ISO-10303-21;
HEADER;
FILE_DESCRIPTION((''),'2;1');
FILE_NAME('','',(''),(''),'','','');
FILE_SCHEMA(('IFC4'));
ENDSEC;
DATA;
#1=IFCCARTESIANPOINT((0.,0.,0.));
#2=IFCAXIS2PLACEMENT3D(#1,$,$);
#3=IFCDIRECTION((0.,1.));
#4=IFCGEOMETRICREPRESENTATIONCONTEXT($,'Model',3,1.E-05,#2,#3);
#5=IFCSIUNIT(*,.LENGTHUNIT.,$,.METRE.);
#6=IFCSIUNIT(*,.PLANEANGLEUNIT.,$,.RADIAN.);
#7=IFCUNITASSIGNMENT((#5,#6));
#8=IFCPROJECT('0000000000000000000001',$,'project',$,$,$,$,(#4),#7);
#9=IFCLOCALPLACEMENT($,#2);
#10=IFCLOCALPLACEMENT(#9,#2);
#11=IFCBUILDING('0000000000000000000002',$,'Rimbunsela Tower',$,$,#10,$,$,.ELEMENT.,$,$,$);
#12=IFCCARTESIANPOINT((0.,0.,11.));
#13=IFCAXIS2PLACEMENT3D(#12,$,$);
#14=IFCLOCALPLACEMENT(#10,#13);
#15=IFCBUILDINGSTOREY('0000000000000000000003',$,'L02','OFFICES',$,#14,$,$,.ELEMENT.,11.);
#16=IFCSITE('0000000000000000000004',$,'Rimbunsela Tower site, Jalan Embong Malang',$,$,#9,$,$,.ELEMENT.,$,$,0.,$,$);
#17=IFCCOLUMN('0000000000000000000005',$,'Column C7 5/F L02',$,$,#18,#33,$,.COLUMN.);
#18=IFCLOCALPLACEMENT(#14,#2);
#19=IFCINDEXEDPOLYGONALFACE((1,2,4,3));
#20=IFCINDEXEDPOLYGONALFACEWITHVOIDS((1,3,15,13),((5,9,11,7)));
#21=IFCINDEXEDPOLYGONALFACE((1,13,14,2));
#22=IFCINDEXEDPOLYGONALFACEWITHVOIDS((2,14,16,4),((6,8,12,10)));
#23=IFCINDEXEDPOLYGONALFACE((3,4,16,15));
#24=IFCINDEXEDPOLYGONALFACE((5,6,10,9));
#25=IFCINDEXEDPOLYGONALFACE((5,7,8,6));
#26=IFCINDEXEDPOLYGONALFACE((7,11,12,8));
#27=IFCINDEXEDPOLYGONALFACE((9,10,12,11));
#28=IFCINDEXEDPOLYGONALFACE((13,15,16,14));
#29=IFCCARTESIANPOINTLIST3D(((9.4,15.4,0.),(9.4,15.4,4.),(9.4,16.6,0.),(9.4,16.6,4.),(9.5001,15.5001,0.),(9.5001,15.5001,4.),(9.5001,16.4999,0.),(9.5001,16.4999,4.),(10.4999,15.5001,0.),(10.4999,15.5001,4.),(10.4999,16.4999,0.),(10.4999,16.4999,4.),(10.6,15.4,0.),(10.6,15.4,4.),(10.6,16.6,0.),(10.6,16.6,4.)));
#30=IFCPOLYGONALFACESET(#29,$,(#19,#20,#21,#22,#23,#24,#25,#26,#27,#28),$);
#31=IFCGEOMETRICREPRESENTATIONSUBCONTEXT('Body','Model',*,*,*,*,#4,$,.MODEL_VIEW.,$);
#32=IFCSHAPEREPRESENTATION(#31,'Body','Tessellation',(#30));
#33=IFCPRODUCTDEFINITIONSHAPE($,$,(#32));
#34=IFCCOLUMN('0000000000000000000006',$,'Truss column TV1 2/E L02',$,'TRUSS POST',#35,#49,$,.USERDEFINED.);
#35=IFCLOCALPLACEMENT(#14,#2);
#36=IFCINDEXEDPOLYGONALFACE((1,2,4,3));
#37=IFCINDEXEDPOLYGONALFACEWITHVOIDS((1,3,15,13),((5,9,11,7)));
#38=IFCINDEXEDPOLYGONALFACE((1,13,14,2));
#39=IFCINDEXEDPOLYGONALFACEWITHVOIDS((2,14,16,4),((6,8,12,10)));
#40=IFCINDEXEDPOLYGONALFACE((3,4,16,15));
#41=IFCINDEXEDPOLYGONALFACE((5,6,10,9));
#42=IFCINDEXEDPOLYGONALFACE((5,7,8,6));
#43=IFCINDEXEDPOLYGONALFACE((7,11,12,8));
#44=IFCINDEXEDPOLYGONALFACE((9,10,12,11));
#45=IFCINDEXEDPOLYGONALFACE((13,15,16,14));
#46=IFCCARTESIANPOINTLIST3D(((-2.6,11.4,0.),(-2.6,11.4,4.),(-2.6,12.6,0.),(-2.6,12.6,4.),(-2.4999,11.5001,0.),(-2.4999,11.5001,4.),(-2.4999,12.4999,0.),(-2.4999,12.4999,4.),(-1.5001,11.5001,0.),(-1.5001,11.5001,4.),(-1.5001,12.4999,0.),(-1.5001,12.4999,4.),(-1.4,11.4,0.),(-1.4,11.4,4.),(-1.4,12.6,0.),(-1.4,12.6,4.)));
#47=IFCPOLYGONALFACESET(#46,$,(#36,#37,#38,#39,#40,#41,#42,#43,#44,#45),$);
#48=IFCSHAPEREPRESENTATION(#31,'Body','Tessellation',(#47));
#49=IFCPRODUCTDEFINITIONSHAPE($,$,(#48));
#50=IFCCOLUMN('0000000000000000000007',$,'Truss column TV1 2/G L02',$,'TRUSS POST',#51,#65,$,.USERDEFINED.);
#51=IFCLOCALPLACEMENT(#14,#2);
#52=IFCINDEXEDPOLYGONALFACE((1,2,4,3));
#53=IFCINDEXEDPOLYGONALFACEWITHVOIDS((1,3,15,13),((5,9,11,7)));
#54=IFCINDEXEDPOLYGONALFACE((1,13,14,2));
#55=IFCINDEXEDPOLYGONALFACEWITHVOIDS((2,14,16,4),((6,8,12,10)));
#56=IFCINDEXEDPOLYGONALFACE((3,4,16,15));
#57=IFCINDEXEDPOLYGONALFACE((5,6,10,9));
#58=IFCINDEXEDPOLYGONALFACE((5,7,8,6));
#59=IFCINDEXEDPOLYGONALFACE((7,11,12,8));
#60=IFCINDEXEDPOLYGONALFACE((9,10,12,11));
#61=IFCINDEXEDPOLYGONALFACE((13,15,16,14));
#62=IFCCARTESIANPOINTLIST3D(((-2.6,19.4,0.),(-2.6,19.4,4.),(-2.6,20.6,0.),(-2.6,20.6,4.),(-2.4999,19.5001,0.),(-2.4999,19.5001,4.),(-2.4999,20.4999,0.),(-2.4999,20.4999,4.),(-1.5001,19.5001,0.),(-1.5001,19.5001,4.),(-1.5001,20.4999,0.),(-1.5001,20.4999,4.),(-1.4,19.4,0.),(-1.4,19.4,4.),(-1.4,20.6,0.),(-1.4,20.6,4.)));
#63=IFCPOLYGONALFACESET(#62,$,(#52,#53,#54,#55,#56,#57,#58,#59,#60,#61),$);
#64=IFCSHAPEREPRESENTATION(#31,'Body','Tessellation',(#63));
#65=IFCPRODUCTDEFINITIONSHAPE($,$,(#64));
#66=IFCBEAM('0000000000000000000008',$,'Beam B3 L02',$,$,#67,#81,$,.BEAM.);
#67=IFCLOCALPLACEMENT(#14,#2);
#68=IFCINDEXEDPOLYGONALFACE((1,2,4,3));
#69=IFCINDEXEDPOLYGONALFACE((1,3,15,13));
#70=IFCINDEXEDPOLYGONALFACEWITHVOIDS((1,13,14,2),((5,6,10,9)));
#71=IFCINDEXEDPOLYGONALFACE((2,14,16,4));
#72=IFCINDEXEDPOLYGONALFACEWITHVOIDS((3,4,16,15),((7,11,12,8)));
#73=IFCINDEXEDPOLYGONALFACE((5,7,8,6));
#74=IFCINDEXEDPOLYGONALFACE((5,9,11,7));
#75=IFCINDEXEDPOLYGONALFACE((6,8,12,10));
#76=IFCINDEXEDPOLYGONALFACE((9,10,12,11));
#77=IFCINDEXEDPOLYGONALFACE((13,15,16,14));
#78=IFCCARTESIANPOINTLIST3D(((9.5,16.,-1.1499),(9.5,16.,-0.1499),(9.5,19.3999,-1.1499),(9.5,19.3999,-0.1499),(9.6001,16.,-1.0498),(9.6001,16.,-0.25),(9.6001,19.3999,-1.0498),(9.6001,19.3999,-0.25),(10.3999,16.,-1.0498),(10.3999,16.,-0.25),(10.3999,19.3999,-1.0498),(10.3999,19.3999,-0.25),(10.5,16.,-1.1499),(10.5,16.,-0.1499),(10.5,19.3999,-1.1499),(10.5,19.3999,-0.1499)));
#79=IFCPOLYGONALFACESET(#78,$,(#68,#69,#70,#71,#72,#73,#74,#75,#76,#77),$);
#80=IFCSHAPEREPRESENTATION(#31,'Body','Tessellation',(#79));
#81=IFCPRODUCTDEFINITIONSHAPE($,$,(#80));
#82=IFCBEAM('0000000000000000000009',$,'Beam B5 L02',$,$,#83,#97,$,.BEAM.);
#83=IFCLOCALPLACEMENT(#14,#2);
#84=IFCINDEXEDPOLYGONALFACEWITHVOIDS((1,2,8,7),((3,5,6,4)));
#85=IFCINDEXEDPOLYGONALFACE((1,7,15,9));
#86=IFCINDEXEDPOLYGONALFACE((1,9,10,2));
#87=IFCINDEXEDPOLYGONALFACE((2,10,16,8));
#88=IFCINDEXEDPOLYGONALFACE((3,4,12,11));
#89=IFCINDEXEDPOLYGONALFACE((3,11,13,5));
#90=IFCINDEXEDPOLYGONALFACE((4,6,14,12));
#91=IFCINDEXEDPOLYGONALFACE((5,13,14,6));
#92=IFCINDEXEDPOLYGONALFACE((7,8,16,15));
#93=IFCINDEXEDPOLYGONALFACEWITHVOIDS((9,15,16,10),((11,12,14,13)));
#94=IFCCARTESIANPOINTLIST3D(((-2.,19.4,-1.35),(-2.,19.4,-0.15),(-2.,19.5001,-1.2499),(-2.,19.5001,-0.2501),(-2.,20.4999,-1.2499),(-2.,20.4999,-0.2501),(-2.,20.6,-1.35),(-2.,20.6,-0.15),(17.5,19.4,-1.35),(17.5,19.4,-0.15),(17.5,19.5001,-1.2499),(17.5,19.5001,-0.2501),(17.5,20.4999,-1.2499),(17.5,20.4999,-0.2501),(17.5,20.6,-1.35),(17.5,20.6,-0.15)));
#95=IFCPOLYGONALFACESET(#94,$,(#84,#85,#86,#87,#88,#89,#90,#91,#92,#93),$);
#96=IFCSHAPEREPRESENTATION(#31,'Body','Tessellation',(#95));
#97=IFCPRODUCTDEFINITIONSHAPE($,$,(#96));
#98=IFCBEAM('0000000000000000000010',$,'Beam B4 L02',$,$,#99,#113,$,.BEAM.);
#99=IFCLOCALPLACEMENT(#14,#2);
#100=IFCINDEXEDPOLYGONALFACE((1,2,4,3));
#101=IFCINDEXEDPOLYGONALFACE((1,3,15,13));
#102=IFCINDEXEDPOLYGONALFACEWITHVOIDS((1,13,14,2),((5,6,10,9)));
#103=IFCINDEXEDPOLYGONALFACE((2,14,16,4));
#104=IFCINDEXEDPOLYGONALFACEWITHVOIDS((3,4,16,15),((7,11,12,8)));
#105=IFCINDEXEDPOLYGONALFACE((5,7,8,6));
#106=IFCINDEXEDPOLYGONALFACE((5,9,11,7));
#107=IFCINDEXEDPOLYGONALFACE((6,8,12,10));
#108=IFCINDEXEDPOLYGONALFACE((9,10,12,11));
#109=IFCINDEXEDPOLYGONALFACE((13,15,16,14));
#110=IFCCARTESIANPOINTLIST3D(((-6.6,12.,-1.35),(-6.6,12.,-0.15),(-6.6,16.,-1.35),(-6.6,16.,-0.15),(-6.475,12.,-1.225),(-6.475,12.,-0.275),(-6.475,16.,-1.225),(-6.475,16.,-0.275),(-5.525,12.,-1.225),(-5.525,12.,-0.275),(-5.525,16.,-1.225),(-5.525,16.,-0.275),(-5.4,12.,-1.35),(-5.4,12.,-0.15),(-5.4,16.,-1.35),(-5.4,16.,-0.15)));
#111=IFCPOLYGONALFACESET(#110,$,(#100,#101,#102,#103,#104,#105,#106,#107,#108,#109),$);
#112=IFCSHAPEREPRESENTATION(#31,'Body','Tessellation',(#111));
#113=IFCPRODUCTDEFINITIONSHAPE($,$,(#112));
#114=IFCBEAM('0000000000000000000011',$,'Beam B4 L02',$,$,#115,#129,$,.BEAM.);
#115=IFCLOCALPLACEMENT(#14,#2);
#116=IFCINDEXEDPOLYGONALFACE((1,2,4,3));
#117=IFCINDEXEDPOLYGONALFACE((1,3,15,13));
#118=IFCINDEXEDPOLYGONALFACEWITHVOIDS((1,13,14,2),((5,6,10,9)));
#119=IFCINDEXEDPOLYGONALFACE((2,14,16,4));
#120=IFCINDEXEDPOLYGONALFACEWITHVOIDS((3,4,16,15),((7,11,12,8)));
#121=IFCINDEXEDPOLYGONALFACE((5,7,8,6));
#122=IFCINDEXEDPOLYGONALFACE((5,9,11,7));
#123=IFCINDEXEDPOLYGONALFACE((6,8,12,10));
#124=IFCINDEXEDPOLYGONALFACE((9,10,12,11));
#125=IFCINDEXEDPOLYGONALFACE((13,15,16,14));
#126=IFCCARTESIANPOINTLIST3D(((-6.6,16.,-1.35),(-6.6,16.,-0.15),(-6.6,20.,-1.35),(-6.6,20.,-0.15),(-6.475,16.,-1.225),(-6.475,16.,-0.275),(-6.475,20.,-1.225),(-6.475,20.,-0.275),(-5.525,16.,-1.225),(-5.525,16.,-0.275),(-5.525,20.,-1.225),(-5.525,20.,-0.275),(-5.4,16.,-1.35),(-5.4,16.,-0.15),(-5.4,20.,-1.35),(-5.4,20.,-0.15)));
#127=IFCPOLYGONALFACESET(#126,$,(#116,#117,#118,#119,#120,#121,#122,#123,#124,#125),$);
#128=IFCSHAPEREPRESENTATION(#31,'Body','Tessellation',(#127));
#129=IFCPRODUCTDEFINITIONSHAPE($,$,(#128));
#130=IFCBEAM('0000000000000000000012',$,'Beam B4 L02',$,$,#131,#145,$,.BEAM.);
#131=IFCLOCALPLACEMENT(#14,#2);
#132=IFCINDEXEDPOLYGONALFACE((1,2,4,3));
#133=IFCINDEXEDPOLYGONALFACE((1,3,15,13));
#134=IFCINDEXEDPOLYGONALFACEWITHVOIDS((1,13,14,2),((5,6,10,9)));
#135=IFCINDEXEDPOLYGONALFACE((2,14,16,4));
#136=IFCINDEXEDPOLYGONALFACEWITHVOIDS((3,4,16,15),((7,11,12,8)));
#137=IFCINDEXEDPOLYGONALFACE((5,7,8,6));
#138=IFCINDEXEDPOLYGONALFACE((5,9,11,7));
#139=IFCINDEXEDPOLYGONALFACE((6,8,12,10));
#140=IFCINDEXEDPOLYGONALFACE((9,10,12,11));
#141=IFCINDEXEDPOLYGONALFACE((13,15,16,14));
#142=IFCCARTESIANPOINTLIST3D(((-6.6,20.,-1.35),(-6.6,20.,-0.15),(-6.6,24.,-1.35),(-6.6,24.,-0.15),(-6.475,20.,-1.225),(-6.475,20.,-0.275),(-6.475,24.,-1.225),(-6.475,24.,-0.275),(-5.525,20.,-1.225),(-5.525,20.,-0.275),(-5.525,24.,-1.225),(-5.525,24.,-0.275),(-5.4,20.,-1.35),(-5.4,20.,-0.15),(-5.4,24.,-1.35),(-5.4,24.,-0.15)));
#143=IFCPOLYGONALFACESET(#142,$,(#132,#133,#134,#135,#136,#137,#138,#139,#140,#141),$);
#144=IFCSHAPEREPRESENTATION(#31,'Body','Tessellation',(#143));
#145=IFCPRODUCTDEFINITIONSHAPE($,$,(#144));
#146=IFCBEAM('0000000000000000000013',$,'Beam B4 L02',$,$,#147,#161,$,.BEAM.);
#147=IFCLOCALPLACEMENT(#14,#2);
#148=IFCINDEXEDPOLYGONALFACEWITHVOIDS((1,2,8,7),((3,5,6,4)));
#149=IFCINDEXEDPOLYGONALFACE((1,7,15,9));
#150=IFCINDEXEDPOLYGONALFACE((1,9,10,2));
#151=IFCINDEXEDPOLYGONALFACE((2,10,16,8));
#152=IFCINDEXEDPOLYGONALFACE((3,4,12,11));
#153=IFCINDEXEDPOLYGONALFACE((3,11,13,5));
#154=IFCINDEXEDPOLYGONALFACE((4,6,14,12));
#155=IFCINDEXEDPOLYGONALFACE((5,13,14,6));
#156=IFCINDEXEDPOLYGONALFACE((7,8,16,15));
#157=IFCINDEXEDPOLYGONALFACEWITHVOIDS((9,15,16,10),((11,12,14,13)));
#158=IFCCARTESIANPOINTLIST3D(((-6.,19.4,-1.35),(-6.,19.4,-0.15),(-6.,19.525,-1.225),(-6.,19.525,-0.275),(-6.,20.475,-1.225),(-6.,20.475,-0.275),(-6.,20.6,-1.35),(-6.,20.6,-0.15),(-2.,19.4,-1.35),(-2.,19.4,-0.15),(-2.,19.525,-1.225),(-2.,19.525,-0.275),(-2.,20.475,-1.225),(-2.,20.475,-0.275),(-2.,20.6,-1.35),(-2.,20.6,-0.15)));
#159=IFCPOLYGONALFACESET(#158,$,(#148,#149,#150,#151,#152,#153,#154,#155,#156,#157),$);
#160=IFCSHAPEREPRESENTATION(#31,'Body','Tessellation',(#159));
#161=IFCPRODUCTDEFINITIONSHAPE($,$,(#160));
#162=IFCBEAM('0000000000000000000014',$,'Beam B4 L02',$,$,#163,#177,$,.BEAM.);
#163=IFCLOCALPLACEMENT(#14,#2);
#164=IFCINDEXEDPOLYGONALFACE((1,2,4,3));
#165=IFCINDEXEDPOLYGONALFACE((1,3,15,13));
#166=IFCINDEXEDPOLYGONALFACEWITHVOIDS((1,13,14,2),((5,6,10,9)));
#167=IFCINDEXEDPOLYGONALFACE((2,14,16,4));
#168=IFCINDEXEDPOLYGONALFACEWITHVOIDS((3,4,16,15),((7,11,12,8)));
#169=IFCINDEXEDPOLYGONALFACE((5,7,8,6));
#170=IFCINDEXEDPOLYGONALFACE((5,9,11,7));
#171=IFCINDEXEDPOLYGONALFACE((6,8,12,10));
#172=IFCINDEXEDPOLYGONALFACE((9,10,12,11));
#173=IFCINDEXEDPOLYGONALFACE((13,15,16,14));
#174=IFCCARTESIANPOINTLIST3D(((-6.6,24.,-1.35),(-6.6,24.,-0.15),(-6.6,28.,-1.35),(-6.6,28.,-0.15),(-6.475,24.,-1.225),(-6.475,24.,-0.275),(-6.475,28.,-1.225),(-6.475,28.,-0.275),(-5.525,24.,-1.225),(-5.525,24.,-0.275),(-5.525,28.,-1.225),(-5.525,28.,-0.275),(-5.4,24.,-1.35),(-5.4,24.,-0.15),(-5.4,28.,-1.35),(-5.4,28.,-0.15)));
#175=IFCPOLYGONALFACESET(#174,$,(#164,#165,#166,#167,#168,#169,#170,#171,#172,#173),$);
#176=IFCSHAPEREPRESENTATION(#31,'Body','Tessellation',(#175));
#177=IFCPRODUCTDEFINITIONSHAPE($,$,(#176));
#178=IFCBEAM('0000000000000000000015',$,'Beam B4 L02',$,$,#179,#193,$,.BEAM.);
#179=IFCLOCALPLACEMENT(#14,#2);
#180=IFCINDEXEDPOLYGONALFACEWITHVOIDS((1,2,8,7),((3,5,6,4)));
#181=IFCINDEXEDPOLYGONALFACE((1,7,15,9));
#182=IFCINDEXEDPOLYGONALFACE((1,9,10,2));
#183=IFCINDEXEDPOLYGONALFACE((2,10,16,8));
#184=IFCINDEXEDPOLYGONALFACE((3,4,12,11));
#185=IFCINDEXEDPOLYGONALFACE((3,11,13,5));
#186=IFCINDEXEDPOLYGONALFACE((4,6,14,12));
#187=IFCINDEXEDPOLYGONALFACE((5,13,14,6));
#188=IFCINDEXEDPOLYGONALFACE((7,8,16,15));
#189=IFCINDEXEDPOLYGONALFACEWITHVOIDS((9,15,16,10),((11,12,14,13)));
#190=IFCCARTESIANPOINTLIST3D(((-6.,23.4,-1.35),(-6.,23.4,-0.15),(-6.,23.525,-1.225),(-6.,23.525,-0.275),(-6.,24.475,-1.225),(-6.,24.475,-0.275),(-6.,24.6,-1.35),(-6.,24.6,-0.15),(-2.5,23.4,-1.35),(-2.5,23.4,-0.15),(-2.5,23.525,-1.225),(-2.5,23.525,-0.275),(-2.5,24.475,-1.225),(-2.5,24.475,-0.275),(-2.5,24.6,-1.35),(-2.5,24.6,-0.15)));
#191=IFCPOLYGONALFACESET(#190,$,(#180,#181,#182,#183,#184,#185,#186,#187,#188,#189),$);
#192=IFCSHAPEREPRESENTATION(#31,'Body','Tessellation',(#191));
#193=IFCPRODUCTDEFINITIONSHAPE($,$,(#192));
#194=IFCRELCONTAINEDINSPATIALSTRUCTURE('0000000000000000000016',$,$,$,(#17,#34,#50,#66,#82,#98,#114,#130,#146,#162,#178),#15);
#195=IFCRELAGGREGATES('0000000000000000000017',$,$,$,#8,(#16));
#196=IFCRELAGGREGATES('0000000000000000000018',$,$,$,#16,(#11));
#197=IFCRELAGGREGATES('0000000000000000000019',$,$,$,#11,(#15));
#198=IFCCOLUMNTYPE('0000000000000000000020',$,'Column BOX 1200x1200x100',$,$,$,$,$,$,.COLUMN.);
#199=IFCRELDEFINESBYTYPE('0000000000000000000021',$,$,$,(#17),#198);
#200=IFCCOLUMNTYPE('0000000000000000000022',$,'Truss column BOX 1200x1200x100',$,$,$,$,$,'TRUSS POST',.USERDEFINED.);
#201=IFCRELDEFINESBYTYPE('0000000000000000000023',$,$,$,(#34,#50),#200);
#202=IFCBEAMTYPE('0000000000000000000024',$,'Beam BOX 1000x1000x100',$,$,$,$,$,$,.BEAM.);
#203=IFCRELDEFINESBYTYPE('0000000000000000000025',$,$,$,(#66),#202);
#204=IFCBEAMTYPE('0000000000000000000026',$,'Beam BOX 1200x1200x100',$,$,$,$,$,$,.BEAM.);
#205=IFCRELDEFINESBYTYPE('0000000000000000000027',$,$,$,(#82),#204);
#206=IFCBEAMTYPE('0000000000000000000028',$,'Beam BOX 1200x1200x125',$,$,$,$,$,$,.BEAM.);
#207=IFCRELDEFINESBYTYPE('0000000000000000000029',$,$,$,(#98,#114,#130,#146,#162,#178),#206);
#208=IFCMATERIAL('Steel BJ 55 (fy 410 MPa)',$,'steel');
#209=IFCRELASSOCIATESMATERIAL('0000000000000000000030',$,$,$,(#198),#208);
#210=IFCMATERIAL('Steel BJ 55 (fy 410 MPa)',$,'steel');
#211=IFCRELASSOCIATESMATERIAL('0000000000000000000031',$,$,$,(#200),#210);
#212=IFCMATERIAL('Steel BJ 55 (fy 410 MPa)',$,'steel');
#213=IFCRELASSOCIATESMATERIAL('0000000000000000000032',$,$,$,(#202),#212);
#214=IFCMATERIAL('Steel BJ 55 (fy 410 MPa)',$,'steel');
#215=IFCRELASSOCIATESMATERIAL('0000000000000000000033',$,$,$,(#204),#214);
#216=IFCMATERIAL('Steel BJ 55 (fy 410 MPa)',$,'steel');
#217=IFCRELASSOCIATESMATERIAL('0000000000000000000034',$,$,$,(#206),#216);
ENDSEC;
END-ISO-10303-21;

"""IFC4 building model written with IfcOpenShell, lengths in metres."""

from ifc_helpers import new_model, si_unit, direction, frame, origin, origin_2d, place, context, subcontext, project, spatial, hollow_rectangle, extrude, material, material_profile, profile_set, type_object, element, save


model = new_model("IFC4")

# Units and contexts
model_context = context("Model", 3, precision=1e-05, world=origin(), true_north=direction((0.0, 1.0)))
body_context = subcontext(model_context, "Body", "Model", "MODEL_VIEW")
ifc_project = project(units=[si_unit("LENGTHUNIT", "METRE"), si_unit("PLANEANGLEUNIT", "RADIAN")], contexts=[model_context])

# Site, building, storey
site_placement = place(None, origin())
site = spatial("IfcSite", under=ifc_project, at=site_placement, Name="Rimbunsela Tower site, Jalan Embong Malang", CompositionType="ELEMENT", RefElevation=0.0)
building_placement = place(site_placement, origin())
building = spatial("IfcBuilding", under=site, at=building_placement, Name="Rimbunsela Tower", CompositionType="ELEMENT")
storey_placement = place(building_placement, frame((0.0, 0.0, 11.0)))
storey = spatial("IfcBuildingStorey", under=building, at=storey_placement, Name="L02", Description="OFFICES", CompositionType="ELEMENT", Elevation=11.0)

# Columns
ifc_material_1 = material(Name="Steel BJ 55 (fy 410 MPa)", Category="steel")
ifc_material_profile_1 = material_profile(ifc_material_1, hollow_rectangle(XDim=1.2, YDim=1.2, WallThickness=0.1001, at=origin_2d()), Name="BOX 1200x1200x100")
ifc_profile_set_1 = profile_set([ifc_material_profile_1], Name="Steel BJ 55 (fy 410 MPa)")
column_type_1 = type_object("IfcColumnType", Name="Column BOX 1200x1200x100", PredefinedType="COLUMN", material=ifc_profile_set_1)
column_placement = place(storey_placement, frame((10.0, 16.0, 0.0), z_axis=(0.0, 0.0, 1.0), x_axis=(1.0, 0.0, 0.0)))
element("IfcColumn", 1, at=column_placement, inside=storey, type_object=column_type_1, Name="Column C7 5/F L02", PredefinedType="COLUMN", context=body_context, shape_type="SweptSolid", body=[
    extrude(hollow_rectangle(XDim=1.2, YDim=1.2, WallThickness=0.1001, at=origin_2d()), origin(), (0.0, 0.0, 1.0), 4.0),
])
ifc_material_2 = material(Name="Steel BJ 55 (fy 410 MPa)", Category="steel")
ifc_material_profile_2 = material_profile(ifc_material_2, hollow_rectangle(XDim=1.2, YDim=1.2, WallThickness=0.1001, at=origin_2d()), Name="BOX 1200x1200x100")
ifc_profile_set_2 = profile_set([ifc_material_profile_2], Name="Steel BJ 55 (fy 410 MPa)")
column_type_2 = type_object("IfcColumnType", Name="Truss column BOX 1200x1200x100", ElementType="TRUSS POST", PredefinedType="USERDEFINED", material=ifc_profile_set_2)
for number, where, z_axis, x_axis, name in (
    (2, (-2.0, 12.0, 0.0), (0.0, 0.0, 1.0), (1.0, 0.0, 0.0), "Truss column TV1 2/E L02"),
    (3, (-2.0, 20.0, 0.0), (0.0, 0.0, 1.0), (1.0, 0.0, 0.0), "Truss column TV1 2/G L02"),
):
    element("IfcColumn", number, at=place(storey_placement, frame(where, z_axis=z_axis, x_axis=x_axis)), inside=storey, type_object=column_type_2, Name=name, ObjectType="TRUSS POST", PredefinedType="USERDEFINED", context=body_context, shape_type="SweptSolid", body=[
        extrude(hollow_rectangle(XDim=1.2, YDim=1.2, WallThickness=0.1001, at=origin_2d()), origin(), (0.0, 0.0, 1.0), 4.0),
    ])

# Beams
ifc_material_3 = material(Name="Steel BJ 55 (fy 410 MPa)", Category="steel")
ifc_material_profile_3 = material_profile(ifc_material_3, hollow_rectangle(XDim=1.0, YDim=1.0, WallThickness=0.1001, at=origin_2d()), Name="BOX 1000x1000x100")
ifc_profile_set_3 = profile_set([ifc_material_profile_3], Name="Steel BJ 55 (fy 410 MPa)")
beam_type_1 = type_object("IfcBeamType", Name="Beam BOX 1000x1000x100", PredefinedType="BEAM", material=ifc_profile_set_3)
beam_1_placement = place(storey_placement, frame((10.0, 16.0, -0.6499), z_axis=(0.0, 1.0, 0.0), x_axis=(-1.0, 0.0, 0.0)))
element("IfcBeam", 4, at=beam_1_placement, inside=storey, type_object=beam_type_1, Name="Beam B3 L02", PredefinedType="BEAM", context=body_context, shape_type="SweptSolid", body=[
    extrude(hollow_rectangle(XDim=1.0, YDim=1.0, WallThickness=0.1001, at=origin_2d()), origin(), (0.0, 0.0, 1.0), 3.3999),
])
ifc_material_4 = material(Name="Steel BJ 55 (fy 410 MPa)", Category="steel")
ifc_material_profile_4 = material_profile(ifc_material_4, hollow_rectangle(XDim=1.2, YDim=1.2, WallThickness=0.1001, at=origin_2d()), Name="BOX 1200x1200x100")
ifc_profile_set_4 = profile_set([ifc_material_profile_4], Name="Steel BJ 55 (fy 410 MPa)")
beam_type_2 = type_object("IfcBeamType", Name="Beam BOX 1200x1200x100", PredefinedType="BEAM", material=ifc_profile_set_4)
beam_2_placement = place(storey_placement, frame((-2.0, 20.0, -0.75), z_axis=(1.0, 0.0, 0.0), x_axis=(0.0, 1.0, 0.0)))
element("IfcBeam", 5, at=beam_2_placement, inside=storey, type_object=beam_type_2, Name="Beam B5 L02", PredefinedType="BEAM", context=body_context, shape_type="SweptSolid", body=[
    extrude(hollow_rectangle(XDim=1.2, YDim=1.2, WallThickness=0.1001, at=origin_2d()), origin(), (0.0, 0.0, 1.0), 19.5),
])
ifc_material_5 = material(Name="Steel BJ 55 (fy 410 MPa)", Category="steel")
ifc_material_profile_5 = material_profile(ifc_material_5, hollow_rectangle(XDim=1.2, YDim=1.2, WallThickness=0.125, at=origin_2d()), Name="BOX 1200x1200x125")
ifc_profile_set_5 = profile_set([ifc_material_profile_5], Name="Steel BJ 55 (fy 410 MPa)")
beam_type_3 = type_object("IfcBeamType", Name="Beam BOX 1200x1200x125", PredefinedType="BEAM", material=ifc_profile_set_5)
for number, where, z_axis, x_axis, name in (
    (6, (-6.0, 12.0, -0.75), (0.0, 1.0, 0.0), (-1.0, 0.0, 0.0), "Beam B4 L02"),
    (7, (-6.0, 16.0, -0.75), (0.0, 1.0, 0.0), (-1.0, 0.0, 0.0), "Beam B4 L02"),
    (8, (-6.0, 20.0, -0.75), (0.0, 1.0, 0.0), (-1.0, 0.0, 0.0), "Beam B4 L02"),
    (9, (-6.0, 20.0, -0.75), (1.0, 0.0, 0.0), (0.0, 1.0, 0.0), "Beam B4 L02"),
    (10, (-6.0, 24.0, -0.75), (0.0, 1.0, 0.0), (-1.0, 0.0, 0.0), "Beam B4 L02"),
):
    element("IfcBeam", number, at=place(storey_placement, frame(where, z_axis=z_axis, x_axis=x_axis)), inside=storey, type_object=beam_type_3, Name=name, PredefinedType="BEAM", context=body_context, shape_type="SweptSolid", body=[
        extrude(hollow_rectangle(XDim=1.2, YDim=1.2, WallThickness=0.125, at=origin_2d()), origin(), (0.0, 0.0, 1.0), 4.0),
    ])
beam_3_placement = place(storey_placement, frame((-6.0, 24.0, -0.75), z_axis=(1.0, 0.0, 0.0), x_axis=(0.0, 1.0, 0.0)))
element("IfcBeam", 11, at=beam_3_placement, inside=storey, type_object=beam_type_3, Name="Beam B4 L02", PredefinedType="BEAM", context=body_context, shape_type="SweptSolid", body=[
    extrude(hollow_rectangle(XDim=1.2, YDim=1.2, WallThickness=0.125, at=origin_2d()), origin(), (0.0, 0.0, 1.0), 3.5),
])

save(model, "model.ifc")
